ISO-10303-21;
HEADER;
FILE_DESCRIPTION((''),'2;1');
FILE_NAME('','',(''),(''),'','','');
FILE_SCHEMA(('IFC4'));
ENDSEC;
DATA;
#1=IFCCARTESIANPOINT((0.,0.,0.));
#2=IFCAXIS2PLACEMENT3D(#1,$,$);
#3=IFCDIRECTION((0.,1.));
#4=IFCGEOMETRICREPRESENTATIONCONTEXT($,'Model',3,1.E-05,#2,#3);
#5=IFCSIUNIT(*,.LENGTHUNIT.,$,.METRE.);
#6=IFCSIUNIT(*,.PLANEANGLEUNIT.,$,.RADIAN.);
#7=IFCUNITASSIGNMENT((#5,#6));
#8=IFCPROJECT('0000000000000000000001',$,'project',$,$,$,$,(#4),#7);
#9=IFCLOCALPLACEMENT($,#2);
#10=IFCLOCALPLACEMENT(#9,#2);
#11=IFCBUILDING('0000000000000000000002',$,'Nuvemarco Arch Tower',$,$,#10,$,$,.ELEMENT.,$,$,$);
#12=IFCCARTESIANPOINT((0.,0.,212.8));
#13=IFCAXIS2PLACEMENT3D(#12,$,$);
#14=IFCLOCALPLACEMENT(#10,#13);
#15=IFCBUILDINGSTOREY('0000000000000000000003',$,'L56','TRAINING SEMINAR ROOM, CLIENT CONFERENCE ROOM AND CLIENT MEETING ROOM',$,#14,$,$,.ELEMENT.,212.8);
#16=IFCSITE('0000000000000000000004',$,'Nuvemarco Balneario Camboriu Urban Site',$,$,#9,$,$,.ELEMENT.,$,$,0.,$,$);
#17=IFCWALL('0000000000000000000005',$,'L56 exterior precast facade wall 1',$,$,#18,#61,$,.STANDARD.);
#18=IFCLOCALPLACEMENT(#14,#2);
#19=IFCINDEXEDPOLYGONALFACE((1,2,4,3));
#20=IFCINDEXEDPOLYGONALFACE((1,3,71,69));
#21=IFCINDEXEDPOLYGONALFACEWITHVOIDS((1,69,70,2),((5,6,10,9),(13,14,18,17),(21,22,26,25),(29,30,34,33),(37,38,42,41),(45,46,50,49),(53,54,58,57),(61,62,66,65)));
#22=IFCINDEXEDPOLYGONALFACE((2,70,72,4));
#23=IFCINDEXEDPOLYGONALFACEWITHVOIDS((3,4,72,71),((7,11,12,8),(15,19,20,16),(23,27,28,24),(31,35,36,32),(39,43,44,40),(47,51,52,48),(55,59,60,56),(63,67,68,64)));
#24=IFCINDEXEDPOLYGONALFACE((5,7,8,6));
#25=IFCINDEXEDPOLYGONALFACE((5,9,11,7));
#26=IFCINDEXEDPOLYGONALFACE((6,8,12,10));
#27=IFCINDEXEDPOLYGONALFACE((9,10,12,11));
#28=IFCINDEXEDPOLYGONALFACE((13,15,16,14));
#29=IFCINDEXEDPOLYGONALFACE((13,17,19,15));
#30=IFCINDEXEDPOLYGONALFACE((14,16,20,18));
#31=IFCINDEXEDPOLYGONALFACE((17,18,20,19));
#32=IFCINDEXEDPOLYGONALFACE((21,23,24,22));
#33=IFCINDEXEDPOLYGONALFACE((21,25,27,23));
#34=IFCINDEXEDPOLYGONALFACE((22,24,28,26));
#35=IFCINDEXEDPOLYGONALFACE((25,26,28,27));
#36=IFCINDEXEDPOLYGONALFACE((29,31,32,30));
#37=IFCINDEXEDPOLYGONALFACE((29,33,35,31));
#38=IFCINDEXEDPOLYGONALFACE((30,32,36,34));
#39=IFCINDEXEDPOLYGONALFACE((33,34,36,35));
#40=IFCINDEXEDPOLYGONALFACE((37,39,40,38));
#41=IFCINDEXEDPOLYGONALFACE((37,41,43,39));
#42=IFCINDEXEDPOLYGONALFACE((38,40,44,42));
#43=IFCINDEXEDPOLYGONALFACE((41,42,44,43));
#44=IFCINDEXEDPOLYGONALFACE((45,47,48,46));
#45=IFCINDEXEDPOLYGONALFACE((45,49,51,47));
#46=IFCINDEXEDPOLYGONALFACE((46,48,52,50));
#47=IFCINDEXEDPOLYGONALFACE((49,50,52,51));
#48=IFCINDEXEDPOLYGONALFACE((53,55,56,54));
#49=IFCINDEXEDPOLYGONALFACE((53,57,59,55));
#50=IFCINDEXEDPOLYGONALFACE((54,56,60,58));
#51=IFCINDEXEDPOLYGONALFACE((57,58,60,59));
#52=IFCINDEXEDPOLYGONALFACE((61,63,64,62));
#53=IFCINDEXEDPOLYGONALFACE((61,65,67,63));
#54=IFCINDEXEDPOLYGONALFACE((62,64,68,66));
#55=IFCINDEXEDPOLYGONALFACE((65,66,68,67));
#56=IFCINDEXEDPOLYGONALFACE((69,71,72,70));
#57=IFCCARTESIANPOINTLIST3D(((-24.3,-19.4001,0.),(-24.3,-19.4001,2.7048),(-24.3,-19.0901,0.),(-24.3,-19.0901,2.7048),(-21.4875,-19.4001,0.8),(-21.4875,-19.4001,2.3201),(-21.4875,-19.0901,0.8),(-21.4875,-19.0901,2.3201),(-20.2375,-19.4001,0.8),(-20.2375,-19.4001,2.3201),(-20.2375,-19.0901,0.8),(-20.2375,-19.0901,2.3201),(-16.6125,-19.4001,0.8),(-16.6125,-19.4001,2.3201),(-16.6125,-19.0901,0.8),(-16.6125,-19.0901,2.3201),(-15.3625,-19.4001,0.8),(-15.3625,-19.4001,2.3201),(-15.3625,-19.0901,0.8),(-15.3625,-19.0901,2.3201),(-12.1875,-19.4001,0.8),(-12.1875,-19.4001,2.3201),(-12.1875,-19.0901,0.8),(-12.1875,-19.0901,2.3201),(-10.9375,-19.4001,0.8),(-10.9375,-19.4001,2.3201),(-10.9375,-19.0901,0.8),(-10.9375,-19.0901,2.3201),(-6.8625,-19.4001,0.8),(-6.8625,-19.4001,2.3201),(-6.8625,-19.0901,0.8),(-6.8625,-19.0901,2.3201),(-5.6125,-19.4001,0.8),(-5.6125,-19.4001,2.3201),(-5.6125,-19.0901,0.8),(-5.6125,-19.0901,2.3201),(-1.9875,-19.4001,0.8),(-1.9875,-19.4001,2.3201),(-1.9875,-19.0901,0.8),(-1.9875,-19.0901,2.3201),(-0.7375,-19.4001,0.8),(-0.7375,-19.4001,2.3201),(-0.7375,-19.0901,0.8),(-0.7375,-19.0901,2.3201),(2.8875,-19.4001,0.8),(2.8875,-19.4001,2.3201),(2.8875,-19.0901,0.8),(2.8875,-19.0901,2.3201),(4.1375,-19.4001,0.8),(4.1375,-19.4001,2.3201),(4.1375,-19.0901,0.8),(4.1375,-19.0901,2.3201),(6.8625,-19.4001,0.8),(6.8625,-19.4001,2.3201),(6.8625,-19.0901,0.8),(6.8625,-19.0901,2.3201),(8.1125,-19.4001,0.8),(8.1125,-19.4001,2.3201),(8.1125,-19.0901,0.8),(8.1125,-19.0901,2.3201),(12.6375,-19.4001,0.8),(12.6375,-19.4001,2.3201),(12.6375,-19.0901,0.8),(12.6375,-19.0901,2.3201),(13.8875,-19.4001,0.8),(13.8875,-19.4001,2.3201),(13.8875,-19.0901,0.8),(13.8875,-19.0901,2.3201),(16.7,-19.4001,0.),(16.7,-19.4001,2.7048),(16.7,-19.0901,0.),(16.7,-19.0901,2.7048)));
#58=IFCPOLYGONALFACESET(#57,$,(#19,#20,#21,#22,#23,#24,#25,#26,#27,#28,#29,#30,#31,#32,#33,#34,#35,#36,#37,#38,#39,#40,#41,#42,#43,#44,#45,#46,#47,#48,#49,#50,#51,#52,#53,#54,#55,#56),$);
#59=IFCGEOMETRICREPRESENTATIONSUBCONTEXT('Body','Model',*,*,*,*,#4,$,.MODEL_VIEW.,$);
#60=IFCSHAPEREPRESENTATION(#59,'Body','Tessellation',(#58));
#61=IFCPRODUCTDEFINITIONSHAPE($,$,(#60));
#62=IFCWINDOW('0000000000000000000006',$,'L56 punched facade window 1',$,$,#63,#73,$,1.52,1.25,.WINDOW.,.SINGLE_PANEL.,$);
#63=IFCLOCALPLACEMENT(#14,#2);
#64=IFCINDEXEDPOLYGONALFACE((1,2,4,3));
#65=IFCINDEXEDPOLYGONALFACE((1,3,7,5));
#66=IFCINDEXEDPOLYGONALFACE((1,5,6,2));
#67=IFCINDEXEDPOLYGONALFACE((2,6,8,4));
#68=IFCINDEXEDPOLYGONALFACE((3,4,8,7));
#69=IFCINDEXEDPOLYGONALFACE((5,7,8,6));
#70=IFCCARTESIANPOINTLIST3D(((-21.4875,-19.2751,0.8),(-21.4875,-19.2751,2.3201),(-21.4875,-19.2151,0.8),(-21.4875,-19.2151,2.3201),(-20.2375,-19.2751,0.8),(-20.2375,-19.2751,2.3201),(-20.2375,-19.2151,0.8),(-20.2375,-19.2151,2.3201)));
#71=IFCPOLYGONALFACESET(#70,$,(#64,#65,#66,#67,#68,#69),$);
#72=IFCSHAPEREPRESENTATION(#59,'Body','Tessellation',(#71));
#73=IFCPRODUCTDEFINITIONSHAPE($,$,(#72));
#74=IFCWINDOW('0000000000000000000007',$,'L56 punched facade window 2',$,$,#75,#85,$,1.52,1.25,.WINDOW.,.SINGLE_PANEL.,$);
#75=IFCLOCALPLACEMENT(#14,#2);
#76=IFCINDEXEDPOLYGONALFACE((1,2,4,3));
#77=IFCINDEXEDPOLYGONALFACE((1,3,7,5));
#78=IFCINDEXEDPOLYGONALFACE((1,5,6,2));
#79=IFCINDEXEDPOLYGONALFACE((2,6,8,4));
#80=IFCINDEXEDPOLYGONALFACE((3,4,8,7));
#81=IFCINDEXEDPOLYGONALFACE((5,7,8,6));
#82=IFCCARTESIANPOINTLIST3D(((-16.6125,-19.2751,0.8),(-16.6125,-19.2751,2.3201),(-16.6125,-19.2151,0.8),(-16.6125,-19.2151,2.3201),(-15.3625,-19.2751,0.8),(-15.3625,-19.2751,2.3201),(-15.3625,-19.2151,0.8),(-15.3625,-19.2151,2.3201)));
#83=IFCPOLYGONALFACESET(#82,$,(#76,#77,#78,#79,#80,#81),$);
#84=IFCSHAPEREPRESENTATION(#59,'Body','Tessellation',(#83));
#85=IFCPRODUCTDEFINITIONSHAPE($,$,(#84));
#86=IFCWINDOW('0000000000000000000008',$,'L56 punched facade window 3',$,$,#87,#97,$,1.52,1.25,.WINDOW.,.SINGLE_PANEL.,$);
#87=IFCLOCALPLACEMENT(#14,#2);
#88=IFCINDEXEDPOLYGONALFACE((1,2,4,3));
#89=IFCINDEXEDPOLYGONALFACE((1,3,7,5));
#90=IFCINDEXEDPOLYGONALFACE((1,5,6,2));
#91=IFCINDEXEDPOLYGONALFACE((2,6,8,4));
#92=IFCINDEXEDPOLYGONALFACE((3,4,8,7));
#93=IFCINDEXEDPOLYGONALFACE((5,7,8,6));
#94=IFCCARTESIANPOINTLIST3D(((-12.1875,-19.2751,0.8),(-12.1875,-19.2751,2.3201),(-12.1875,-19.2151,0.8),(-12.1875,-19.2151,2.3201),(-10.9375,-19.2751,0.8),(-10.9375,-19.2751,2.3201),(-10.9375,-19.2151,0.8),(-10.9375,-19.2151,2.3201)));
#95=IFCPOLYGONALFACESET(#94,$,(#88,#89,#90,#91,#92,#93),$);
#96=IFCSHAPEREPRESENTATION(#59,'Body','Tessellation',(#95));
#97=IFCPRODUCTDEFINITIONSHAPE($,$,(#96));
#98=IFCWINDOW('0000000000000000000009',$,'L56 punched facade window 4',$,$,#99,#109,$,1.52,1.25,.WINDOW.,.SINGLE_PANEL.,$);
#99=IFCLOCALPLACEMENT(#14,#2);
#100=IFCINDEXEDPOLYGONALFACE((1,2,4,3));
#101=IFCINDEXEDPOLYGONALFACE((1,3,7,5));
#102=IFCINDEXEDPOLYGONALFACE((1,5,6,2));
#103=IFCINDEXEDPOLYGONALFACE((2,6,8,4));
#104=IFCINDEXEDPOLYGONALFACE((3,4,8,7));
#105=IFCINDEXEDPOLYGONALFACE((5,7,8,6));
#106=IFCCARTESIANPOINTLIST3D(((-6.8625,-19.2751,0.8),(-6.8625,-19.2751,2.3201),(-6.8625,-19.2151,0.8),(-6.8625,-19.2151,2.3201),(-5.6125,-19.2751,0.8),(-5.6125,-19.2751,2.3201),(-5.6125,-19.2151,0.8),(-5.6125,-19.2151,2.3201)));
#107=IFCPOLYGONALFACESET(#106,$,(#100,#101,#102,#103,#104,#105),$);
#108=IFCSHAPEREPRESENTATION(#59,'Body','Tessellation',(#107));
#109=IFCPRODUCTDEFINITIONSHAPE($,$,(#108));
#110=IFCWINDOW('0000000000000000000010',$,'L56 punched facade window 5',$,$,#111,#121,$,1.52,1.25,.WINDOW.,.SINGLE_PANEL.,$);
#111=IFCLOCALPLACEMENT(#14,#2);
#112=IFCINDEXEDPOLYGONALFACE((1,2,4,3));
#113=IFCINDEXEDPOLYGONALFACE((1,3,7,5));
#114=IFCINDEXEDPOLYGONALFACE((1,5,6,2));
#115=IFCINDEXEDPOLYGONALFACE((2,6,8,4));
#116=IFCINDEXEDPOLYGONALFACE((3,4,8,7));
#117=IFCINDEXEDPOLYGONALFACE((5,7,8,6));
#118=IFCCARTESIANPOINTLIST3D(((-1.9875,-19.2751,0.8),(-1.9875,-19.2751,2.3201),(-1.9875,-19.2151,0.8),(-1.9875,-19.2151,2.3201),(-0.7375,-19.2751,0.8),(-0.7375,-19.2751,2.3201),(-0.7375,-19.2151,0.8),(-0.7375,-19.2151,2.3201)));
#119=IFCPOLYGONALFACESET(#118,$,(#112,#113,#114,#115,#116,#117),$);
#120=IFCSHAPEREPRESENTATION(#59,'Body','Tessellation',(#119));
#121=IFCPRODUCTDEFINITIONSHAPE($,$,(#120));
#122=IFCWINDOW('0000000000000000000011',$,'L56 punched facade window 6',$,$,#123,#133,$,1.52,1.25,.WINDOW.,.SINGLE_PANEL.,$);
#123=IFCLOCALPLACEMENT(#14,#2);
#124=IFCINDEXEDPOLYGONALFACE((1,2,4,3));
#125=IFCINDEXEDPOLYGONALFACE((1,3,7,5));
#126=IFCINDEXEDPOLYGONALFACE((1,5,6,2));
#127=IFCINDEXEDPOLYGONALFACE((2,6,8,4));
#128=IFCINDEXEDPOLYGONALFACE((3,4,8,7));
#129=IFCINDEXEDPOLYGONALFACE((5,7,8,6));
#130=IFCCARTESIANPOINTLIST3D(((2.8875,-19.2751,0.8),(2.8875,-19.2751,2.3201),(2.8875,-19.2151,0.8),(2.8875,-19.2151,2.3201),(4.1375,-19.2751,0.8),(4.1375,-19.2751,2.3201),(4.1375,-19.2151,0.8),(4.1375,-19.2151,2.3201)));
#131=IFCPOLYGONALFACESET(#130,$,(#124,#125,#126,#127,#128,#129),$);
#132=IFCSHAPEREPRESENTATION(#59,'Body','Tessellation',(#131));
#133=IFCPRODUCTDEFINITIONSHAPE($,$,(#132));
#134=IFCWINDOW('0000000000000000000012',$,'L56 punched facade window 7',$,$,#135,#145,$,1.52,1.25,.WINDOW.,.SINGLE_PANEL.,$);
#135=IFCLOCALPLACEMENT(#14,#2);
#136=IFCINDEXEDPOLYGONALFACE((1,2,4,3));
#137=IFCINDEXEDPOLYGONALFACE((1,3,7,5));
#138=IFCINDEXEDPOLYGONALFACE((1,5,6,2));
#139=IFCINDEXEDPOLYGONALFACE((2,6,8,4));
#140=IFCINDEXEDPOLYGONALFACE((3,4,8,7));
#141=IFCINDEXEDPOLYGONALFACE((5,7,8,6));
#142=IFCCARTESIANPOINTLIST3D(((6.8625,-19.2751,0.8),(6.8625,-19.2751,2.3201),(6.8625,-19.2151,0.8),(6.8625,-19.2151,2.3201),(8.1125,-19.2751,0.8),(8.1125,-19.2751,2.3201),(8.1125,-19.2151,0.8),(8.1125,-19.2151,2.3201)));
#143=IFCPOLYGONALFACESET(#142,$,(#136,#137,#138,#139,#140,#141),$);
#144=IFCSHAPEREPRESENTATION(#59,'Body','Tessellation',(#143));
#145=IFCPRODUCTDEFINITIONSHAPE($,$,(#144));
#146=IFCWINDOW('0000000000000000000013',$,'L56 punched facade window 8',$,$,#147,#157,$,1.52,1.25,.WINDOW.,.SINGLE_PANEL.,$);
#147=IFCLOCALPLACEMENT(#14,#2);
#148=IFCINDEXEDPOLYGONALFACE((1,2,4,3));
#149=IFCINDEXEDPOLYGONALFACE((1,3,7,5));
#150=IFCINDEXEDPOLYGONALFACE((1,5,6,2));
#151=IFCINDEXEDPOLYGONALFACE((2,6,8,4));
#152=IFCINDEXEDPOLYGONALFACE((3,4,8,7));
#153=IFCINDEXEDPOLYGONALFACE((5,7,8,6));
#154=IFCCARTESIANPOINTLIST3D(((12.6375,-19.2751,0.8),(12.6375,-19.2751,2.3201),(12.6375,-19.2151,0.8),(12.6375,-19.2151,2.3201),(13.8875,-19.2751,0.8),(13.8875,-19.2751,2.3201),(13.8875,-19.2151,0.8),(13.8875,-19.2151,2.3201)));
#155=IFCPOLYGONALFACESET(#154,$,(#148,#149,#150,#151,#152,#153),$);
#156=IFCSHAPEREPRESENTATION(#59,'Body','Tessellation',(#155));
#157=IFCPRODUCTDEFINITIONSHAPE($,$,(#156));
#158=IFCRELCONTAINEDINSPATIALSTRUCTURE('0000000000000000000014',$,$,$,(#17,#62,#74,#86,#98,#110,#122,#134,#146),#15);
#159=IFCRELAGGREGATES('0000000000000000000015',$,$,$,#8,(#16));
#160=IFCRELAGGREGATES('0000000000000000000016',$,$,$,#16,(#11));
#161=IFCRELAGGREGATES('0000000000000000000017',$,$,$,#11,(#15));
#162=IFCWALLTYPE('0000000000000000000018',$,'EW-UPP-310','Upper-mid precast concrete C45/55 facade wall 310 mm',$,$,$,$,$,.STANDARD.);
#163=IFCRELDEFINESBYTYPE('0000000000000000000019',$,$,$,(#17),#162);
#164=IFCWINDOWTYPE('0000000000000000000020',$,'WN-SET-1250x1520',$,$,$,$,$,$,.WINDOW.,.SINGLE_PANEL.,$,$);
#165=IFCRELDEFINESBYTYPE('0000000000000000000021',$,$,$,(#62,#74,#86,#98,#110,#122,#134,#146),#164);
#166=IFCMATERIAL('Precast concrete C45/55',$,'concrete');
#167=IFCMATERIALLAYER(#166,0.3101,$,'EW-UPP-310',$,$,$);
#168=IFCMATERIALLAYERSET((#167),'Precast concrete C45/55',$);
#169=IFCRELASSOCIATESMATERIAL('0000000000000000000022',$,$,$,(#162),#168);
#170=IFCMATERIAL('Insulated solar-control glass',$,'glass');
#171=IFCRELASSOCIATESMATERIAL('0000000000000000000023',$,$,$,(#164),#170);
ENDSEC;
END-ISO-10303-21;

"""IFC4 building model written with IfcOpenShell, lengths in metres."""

from ifc_helpers import new_model, si_unit, direction, frame, frame_2d, origin, place, context, subcontext, project, spatial, rectangle, extrude, source, transform, mapped, material, layer, layer_set, type_object, type_shapes, element, fill, save


model = new_model("IFC4")

# Units and contexts
model_context = context("Model", 3, precision=1e-05, world=origin(), true_north=direction((0.0, 1.0)))
body_context = subcontext(model_context, "Body", "Model", "MODEL_VIEW")
ifc_project = project(units=[si_unit("LENGTHUNIT", "METRE"), si_unit("PLANEANGLEUNIT", "RADIAN")], contexts=[model_context])

# Site, building, storey
site_placement = place(None, origin())
site = spatial("IfcSite", under=ifc_project, at=site_placement, Name="Nuvemarco Balneario Camboriu Urban Site", CompositionType="ELEMENT", RefElevation=0.0)
building_placement = place(site_placement, origin())
building = spatial("IfcBuilding", under=site, at=building_placement, Name="Nuvemarco Arch Tower", CompositionType="ELEMENT")
storey_placement = place(building_placement, frame((0.0, 0.0, 212.8)))
storey = spatial("IfcBuildingStorey", under=building, at=storey_placement, Name="L56", Description="TRAINING SEMINAR ROOM, CLIENT CONFERENCE ROOM AND CLIENT MEETING ROOM", CompositionType="ELEMENT", Elevation=212.8)

# Wall, openings, windows
ifc_material_1 = material(Name="Precast concrete C45/55", Category="concrete")
ifc_layer_1 = layer(ifc_material_1, 0.3101, Name="EW-UPP-310")
ifc_layer_set_1 = layer_set([ifc_layer_1], Name="Precast concrete C45/55")
wall_type_1 = type_object("IfcWallType", Name="EW-UPP-310", Description="Upper-mid precast concrete C45/55 facade wall 310 mm", PredefinedType="STANDARD", material=ifc_layer_set_1)
wall_1_placement = place(storey_placement, frame((-24.3, -19.2451, 0.0), z_axis=(0.0, 0.0, 1.0), x_axis=(1.0, 0.0, 0.0)))
wall_1 = element("IfcWall", 1, at=wall_1_placement, inside=storey, type_object=wall_type_1, Name="L56 exterior precast facade wall 1", PredefinedType="STANDARD", context=body_context, shape_type="SweptSolid", body=[
    extrude(rectangle(XDim=41.0, YDim=0.3101, at=frame_2d((20.5, 0.0))), origin(), (0.0, 0.0, 1.0), 2.7048),
])
opening_1_placement = place(wall_1_placement, frame((2.8125, 0.0, 0.8)))
opening_1 = element("IfcOpeningElement", 2, at=opening_1_placement, cuts=wall_1, PredefinedType="OPENING", context=body_context, shape_type="SweptSolid", body=[
    extrude(rectangle(XDim=1.25, YDim=1.52, at=frame_2d((0.625, 0.76))), frame((0.0, 0.165, 0.0), z_axis=(0.0, -1.0, 0.0), x_axis=(1.0, 0.0, 0.0)), (0.0, 0.0, 1.0), 0.3301),
])
opening_2_placement = place(wall_1_placement, frame((7.6875, 0.0, 0.8)))
opening_2 = element("IfcOpeningElement", 3, at=opening_2_placement, cuts=wall_1, PredefinedType="OPENING", context=body_context, shape_type="SweptSolid", body=[
    extrude(rectangle(XDim=1.25, YDim=1.52, at=frame_2d((0.625, 0.76))), frame((0.0, 0.165, 0.0), z_axis=(0.0, -1.0, 0.0), x_axis=(1.0, 0.0, 0.0)), (0.0, 0.0, 1.0), 0.3301),
])
opening_3_placement = place(wall_1_placement, frame((12.1125, 0.0, 0.8)))
opening_3 = element("IfcOpeningElement", 4, at=opening_3_placement, cuts=wall_1, PredefinedType="OPENING", context=body_context, shape_type="SweptSolid", body=[
    extrude(rectangle(XDim=1.25, YDim=1.52, at=frame_2d((0.625, 0.76))), frame((0.0, 0.165, 0.0), z_axis=(0.0, -1.0, 0.0), x_axis=(1.0, 0.0, 0.0)), (0.0, 0.0, 1.0), 0.3301),
])
opening_4_placement = place(wall_1_placement, frame((17.4375, 0.0, 0.8)))
opening_4 = element("IfcOpeningElement", 5, at=opening_4_placement, cuts=wall_1, PredefinedType="OPENING", context=body_context, shape_type="SweptSolid", body=[
    extrude(rectangle(XDim=1.25, YDim=1.52, at=frame_2d((0.625, 0.76))), frame((0.0, 0.165, 0.0), z_axis=(0.0, -1.0, 0.0), x_axis=(1.0, 0.0, 0.0)), (0.0, 0.0, 1.0), 0.3301),
])
opening_5_placement = place(wall_1_placement, frame((22.3125, 0.0, 0.8)))
opening_5 = element("IfcOpeningElement", 6, at=opening_5_placement, cuts=wall_1, PredefinedType="OPENING", context=body_context, shape_type="SweptSolid", body=[
    extrude(rectangle(XDim=1.25, YDim=1.52, at=frame_2d((0.625, 0.76))), frame((0.0, 0.165, 0.0), z_axis=(0.0, -1.0, 0.0), x_axis=(1.0, 0.0, 0.0)), (0.0, 0.0, 1.0), 0.3301),
])
opening_6_placement = place(wall_1_placement, frame((27.1875, 0.0, 0.8)))
opening_6 = element("IfcOpeningElement", 7, at=opening_6_placement, cuts=wall_1, PredefinedType="OPENING", context=body_context, shape_type="SweptSolid", body=[
    extrude(rectangle(XDim=1.25, YDim=1.52, at=frame_2d((0.625, 0.76))), frame((0.0, 0.165, 0.0), z_axis=(0.0, -1.0, 0.0), x_axis=(1.0, 0.0, 0.0)), (0.0, 0.0, 1.0), 0.3301),
])
opening_7_placement = place(wall_1_placement, frame((31.1626, 0.0, 0.8)))
opening_7 = element("IfcOpeningElement", 8, at=opening_7_placement, cuts=wall_1, PredefinedType="OPENING", context=body_context, shape_type="SweptSolid", body=[
    extrude(rectangle(XDim=1.25, YDim=1.52, at=frame_2d((0.625, 0.76))), frame((0.0, 0.165, 0.0), z_axis=(0.0, -1.0, 0.0), x_axis=(1.0, 0.0, 0.0)), (0.0, 0.0, 1.0), 0.3301),
])
opening_8_placement = place(wall_1_placement, frame((36.9375, 0.0, 0.8)))
opening_8 = element("IfcOpeningElement", 9, at=opening_8_placement, cuts=wall_1, PredefinedType="OPENING", context=body_context, shape_type="SweptSolid", body=[
    extrude(rectangle(XDim=1.25, YDim=1.52, at=frame_2d((0.625, 0.76))), frame((0.0, 0.165, 0.0), z_axis=(0.0, -1.0, 0.0), x_axis=(1.0, 0.0, 0.0)), (0.0, 0.0, 1.0), 0.3301),
])
ifc_material_2 = material(Name="Insulated solar-control glass", Category="glass")
window_type = type_object("IfcWindowType", Name="WN-SET-1250x1520", PartitioningType="SINGLE_PANEL", PredefinedType="WINDOW", material=ifc_material_2)
shared_shape_1 = source(origin(), body_context, "Body", "SweptSolid", [
    extrude(rectangle(XDim=1.25, YDim=1.52, at=frame_2d((0.625, 0.76))), frame((0.0, 0.03, 0.0), z_axis=(0.0, -1.0, 0.0), x_axis=(1.0, 0.0, 0.0)), (0.0, 0.0, 1.0), 0.0601),
])
type_shapes(window_type, [shared_shape_1])
window_1_placement = place(opening_1_placement, origin())
window_1 = element("IfcWindow", 10, at=window_1_placement, inside=storey, type_object=window_type, Name="L56 punched facade window 1", OverallHeight=1.52, OverallWidth=1.25, PartitioningType="SINGLE_PANEL", PredefinedType="WINDOW", context=body_context, shape_type="MappedRepresentation", body=[
    mapped(shared_shape_1, transform((0.0, 0.0, 0.0), scale=1.0)),
])
fill(opening_1, window_1)
window_2_placement = place(opening_2_placement, origin())
window_2 = element("IfcWindow", 11, at=window_2_placement, inside=storey, type_object=window_type, Name="L56 punched facade window 2", OverallHeight=1.52, OverallWidth=1.25, PartitioningType="SINGLE_PANEL", PredefinedType="WINDOW", context=body_context, shape_type="MappedRepresentation", body=[
    mapped(shared_shape_1, transform((0.0, 0.0, 0.0), scale=1.0)),
])
fill(opening_2, window_2)
window_3_placement = place(opening_3_placement, origin())
window_3 = element("IfcWindow", 12, at=window_3_placement, inside=storey, type_object=window_type, Name="L56 punched facade window 3", OverallHeight=1.52, OverallWidth=1.25, PartitioningType="SINGLE_PANEL", PredefinedType="WINDOW", context=body_context, shape_type="MappedRepresentation", body=[
    mapped(shared_shape_1, transform((0.0, 0.0, 0.0), scale=1.0)),
])
fill(opening_3, window_3)
window_4_placement = place(opening_4_placement, origin())
window_4 = element("IfcWindow", 13, at=window_4_placement, inside=storey, type_object=window_type, Name="L56 punched facade window 4", OverallHeight=1.52, OverallWidth=1.25, PartitioningType="SINGLE_PANEL", PredefinedType="WINDOW", context=body_context, shape_type="MappedRepresentation", body=[
    mapped(shared_shape_1, transform((0.0, 0.0, 0.0), scale=1.0)),
])
fill(opening_4, window_4)
window_5_placement = place(opening_5_placement, origin())
window_5 = element("IfcWindow", 14, at=window_5_placement, inside=storey, type_object=window_type, Name="L56 punched facade window 5", OverallHeight=1.52, OverallWidth=1.25, PartitioningType="SINGLE_PANEL", PredefinedType="WINDOW", context=body_context, shape_type="MappedRepresentation", body=[
    mapped(shared_shape_1, transform((0.0, 0.0, 0.0), scale=1.0)),
])
fill(opening_5, window_5)
window_6_placement = place(opening_6_placement, origin())
window_6 = element("IfcWindow", 15, at=window_6_placement, inside=storey, type_object=window_type, Name="L56 punched facade window 6", OverallHeight=1.52, OverallWidth=1.25, PartitioningType="SINGLE_PANEL", PredefinedType="WINDOW", context=body_context, shape_type="MappedRepresentation", body=[
    mapped(shared_shape_1, transform((0.0, 0.0, 0.0), scale=1.0)),
])
fill(opening_6, window_6)
window_7_placement = place(opening_7_placement, origin())
window_7 = element("IfcWindow", 16, at=window_7_placement, inside=storey, type_object=window_type, Name="L56 punched facade window 7", OverallHeight=1.52, OverallWidth=1.25, PartitioningType="SINGLE_PANEL", PredefinedType="WINDOW", context=body_context, shape_type="MappedRepresentation", body=[
    mapped(shared_shape_1, transform((0.0, 0.0, 0.0), scale=1.0)),
])
fill(opening_7, window_7)
window_8_placement = place(opening_8_placement, origin())
window_8 = element("IfcWindow", 17, at=window_8_placement, inside=storey, type_object=window_type, Name="L56 punched facade window 8", OverallHeight=1.52, OverallWidth=1.25, PartitioningType="SINGLE_PANEL", PredefinedType="WINDOW", context=body_context, shape_type="MappedRepresentation", body=[
    mapped(shared_shape_1, transform((0.0, 0.0, 0.0), scale=1.0)),
])
fill(opening_8, window_8)

save(model, "model.ifc")
